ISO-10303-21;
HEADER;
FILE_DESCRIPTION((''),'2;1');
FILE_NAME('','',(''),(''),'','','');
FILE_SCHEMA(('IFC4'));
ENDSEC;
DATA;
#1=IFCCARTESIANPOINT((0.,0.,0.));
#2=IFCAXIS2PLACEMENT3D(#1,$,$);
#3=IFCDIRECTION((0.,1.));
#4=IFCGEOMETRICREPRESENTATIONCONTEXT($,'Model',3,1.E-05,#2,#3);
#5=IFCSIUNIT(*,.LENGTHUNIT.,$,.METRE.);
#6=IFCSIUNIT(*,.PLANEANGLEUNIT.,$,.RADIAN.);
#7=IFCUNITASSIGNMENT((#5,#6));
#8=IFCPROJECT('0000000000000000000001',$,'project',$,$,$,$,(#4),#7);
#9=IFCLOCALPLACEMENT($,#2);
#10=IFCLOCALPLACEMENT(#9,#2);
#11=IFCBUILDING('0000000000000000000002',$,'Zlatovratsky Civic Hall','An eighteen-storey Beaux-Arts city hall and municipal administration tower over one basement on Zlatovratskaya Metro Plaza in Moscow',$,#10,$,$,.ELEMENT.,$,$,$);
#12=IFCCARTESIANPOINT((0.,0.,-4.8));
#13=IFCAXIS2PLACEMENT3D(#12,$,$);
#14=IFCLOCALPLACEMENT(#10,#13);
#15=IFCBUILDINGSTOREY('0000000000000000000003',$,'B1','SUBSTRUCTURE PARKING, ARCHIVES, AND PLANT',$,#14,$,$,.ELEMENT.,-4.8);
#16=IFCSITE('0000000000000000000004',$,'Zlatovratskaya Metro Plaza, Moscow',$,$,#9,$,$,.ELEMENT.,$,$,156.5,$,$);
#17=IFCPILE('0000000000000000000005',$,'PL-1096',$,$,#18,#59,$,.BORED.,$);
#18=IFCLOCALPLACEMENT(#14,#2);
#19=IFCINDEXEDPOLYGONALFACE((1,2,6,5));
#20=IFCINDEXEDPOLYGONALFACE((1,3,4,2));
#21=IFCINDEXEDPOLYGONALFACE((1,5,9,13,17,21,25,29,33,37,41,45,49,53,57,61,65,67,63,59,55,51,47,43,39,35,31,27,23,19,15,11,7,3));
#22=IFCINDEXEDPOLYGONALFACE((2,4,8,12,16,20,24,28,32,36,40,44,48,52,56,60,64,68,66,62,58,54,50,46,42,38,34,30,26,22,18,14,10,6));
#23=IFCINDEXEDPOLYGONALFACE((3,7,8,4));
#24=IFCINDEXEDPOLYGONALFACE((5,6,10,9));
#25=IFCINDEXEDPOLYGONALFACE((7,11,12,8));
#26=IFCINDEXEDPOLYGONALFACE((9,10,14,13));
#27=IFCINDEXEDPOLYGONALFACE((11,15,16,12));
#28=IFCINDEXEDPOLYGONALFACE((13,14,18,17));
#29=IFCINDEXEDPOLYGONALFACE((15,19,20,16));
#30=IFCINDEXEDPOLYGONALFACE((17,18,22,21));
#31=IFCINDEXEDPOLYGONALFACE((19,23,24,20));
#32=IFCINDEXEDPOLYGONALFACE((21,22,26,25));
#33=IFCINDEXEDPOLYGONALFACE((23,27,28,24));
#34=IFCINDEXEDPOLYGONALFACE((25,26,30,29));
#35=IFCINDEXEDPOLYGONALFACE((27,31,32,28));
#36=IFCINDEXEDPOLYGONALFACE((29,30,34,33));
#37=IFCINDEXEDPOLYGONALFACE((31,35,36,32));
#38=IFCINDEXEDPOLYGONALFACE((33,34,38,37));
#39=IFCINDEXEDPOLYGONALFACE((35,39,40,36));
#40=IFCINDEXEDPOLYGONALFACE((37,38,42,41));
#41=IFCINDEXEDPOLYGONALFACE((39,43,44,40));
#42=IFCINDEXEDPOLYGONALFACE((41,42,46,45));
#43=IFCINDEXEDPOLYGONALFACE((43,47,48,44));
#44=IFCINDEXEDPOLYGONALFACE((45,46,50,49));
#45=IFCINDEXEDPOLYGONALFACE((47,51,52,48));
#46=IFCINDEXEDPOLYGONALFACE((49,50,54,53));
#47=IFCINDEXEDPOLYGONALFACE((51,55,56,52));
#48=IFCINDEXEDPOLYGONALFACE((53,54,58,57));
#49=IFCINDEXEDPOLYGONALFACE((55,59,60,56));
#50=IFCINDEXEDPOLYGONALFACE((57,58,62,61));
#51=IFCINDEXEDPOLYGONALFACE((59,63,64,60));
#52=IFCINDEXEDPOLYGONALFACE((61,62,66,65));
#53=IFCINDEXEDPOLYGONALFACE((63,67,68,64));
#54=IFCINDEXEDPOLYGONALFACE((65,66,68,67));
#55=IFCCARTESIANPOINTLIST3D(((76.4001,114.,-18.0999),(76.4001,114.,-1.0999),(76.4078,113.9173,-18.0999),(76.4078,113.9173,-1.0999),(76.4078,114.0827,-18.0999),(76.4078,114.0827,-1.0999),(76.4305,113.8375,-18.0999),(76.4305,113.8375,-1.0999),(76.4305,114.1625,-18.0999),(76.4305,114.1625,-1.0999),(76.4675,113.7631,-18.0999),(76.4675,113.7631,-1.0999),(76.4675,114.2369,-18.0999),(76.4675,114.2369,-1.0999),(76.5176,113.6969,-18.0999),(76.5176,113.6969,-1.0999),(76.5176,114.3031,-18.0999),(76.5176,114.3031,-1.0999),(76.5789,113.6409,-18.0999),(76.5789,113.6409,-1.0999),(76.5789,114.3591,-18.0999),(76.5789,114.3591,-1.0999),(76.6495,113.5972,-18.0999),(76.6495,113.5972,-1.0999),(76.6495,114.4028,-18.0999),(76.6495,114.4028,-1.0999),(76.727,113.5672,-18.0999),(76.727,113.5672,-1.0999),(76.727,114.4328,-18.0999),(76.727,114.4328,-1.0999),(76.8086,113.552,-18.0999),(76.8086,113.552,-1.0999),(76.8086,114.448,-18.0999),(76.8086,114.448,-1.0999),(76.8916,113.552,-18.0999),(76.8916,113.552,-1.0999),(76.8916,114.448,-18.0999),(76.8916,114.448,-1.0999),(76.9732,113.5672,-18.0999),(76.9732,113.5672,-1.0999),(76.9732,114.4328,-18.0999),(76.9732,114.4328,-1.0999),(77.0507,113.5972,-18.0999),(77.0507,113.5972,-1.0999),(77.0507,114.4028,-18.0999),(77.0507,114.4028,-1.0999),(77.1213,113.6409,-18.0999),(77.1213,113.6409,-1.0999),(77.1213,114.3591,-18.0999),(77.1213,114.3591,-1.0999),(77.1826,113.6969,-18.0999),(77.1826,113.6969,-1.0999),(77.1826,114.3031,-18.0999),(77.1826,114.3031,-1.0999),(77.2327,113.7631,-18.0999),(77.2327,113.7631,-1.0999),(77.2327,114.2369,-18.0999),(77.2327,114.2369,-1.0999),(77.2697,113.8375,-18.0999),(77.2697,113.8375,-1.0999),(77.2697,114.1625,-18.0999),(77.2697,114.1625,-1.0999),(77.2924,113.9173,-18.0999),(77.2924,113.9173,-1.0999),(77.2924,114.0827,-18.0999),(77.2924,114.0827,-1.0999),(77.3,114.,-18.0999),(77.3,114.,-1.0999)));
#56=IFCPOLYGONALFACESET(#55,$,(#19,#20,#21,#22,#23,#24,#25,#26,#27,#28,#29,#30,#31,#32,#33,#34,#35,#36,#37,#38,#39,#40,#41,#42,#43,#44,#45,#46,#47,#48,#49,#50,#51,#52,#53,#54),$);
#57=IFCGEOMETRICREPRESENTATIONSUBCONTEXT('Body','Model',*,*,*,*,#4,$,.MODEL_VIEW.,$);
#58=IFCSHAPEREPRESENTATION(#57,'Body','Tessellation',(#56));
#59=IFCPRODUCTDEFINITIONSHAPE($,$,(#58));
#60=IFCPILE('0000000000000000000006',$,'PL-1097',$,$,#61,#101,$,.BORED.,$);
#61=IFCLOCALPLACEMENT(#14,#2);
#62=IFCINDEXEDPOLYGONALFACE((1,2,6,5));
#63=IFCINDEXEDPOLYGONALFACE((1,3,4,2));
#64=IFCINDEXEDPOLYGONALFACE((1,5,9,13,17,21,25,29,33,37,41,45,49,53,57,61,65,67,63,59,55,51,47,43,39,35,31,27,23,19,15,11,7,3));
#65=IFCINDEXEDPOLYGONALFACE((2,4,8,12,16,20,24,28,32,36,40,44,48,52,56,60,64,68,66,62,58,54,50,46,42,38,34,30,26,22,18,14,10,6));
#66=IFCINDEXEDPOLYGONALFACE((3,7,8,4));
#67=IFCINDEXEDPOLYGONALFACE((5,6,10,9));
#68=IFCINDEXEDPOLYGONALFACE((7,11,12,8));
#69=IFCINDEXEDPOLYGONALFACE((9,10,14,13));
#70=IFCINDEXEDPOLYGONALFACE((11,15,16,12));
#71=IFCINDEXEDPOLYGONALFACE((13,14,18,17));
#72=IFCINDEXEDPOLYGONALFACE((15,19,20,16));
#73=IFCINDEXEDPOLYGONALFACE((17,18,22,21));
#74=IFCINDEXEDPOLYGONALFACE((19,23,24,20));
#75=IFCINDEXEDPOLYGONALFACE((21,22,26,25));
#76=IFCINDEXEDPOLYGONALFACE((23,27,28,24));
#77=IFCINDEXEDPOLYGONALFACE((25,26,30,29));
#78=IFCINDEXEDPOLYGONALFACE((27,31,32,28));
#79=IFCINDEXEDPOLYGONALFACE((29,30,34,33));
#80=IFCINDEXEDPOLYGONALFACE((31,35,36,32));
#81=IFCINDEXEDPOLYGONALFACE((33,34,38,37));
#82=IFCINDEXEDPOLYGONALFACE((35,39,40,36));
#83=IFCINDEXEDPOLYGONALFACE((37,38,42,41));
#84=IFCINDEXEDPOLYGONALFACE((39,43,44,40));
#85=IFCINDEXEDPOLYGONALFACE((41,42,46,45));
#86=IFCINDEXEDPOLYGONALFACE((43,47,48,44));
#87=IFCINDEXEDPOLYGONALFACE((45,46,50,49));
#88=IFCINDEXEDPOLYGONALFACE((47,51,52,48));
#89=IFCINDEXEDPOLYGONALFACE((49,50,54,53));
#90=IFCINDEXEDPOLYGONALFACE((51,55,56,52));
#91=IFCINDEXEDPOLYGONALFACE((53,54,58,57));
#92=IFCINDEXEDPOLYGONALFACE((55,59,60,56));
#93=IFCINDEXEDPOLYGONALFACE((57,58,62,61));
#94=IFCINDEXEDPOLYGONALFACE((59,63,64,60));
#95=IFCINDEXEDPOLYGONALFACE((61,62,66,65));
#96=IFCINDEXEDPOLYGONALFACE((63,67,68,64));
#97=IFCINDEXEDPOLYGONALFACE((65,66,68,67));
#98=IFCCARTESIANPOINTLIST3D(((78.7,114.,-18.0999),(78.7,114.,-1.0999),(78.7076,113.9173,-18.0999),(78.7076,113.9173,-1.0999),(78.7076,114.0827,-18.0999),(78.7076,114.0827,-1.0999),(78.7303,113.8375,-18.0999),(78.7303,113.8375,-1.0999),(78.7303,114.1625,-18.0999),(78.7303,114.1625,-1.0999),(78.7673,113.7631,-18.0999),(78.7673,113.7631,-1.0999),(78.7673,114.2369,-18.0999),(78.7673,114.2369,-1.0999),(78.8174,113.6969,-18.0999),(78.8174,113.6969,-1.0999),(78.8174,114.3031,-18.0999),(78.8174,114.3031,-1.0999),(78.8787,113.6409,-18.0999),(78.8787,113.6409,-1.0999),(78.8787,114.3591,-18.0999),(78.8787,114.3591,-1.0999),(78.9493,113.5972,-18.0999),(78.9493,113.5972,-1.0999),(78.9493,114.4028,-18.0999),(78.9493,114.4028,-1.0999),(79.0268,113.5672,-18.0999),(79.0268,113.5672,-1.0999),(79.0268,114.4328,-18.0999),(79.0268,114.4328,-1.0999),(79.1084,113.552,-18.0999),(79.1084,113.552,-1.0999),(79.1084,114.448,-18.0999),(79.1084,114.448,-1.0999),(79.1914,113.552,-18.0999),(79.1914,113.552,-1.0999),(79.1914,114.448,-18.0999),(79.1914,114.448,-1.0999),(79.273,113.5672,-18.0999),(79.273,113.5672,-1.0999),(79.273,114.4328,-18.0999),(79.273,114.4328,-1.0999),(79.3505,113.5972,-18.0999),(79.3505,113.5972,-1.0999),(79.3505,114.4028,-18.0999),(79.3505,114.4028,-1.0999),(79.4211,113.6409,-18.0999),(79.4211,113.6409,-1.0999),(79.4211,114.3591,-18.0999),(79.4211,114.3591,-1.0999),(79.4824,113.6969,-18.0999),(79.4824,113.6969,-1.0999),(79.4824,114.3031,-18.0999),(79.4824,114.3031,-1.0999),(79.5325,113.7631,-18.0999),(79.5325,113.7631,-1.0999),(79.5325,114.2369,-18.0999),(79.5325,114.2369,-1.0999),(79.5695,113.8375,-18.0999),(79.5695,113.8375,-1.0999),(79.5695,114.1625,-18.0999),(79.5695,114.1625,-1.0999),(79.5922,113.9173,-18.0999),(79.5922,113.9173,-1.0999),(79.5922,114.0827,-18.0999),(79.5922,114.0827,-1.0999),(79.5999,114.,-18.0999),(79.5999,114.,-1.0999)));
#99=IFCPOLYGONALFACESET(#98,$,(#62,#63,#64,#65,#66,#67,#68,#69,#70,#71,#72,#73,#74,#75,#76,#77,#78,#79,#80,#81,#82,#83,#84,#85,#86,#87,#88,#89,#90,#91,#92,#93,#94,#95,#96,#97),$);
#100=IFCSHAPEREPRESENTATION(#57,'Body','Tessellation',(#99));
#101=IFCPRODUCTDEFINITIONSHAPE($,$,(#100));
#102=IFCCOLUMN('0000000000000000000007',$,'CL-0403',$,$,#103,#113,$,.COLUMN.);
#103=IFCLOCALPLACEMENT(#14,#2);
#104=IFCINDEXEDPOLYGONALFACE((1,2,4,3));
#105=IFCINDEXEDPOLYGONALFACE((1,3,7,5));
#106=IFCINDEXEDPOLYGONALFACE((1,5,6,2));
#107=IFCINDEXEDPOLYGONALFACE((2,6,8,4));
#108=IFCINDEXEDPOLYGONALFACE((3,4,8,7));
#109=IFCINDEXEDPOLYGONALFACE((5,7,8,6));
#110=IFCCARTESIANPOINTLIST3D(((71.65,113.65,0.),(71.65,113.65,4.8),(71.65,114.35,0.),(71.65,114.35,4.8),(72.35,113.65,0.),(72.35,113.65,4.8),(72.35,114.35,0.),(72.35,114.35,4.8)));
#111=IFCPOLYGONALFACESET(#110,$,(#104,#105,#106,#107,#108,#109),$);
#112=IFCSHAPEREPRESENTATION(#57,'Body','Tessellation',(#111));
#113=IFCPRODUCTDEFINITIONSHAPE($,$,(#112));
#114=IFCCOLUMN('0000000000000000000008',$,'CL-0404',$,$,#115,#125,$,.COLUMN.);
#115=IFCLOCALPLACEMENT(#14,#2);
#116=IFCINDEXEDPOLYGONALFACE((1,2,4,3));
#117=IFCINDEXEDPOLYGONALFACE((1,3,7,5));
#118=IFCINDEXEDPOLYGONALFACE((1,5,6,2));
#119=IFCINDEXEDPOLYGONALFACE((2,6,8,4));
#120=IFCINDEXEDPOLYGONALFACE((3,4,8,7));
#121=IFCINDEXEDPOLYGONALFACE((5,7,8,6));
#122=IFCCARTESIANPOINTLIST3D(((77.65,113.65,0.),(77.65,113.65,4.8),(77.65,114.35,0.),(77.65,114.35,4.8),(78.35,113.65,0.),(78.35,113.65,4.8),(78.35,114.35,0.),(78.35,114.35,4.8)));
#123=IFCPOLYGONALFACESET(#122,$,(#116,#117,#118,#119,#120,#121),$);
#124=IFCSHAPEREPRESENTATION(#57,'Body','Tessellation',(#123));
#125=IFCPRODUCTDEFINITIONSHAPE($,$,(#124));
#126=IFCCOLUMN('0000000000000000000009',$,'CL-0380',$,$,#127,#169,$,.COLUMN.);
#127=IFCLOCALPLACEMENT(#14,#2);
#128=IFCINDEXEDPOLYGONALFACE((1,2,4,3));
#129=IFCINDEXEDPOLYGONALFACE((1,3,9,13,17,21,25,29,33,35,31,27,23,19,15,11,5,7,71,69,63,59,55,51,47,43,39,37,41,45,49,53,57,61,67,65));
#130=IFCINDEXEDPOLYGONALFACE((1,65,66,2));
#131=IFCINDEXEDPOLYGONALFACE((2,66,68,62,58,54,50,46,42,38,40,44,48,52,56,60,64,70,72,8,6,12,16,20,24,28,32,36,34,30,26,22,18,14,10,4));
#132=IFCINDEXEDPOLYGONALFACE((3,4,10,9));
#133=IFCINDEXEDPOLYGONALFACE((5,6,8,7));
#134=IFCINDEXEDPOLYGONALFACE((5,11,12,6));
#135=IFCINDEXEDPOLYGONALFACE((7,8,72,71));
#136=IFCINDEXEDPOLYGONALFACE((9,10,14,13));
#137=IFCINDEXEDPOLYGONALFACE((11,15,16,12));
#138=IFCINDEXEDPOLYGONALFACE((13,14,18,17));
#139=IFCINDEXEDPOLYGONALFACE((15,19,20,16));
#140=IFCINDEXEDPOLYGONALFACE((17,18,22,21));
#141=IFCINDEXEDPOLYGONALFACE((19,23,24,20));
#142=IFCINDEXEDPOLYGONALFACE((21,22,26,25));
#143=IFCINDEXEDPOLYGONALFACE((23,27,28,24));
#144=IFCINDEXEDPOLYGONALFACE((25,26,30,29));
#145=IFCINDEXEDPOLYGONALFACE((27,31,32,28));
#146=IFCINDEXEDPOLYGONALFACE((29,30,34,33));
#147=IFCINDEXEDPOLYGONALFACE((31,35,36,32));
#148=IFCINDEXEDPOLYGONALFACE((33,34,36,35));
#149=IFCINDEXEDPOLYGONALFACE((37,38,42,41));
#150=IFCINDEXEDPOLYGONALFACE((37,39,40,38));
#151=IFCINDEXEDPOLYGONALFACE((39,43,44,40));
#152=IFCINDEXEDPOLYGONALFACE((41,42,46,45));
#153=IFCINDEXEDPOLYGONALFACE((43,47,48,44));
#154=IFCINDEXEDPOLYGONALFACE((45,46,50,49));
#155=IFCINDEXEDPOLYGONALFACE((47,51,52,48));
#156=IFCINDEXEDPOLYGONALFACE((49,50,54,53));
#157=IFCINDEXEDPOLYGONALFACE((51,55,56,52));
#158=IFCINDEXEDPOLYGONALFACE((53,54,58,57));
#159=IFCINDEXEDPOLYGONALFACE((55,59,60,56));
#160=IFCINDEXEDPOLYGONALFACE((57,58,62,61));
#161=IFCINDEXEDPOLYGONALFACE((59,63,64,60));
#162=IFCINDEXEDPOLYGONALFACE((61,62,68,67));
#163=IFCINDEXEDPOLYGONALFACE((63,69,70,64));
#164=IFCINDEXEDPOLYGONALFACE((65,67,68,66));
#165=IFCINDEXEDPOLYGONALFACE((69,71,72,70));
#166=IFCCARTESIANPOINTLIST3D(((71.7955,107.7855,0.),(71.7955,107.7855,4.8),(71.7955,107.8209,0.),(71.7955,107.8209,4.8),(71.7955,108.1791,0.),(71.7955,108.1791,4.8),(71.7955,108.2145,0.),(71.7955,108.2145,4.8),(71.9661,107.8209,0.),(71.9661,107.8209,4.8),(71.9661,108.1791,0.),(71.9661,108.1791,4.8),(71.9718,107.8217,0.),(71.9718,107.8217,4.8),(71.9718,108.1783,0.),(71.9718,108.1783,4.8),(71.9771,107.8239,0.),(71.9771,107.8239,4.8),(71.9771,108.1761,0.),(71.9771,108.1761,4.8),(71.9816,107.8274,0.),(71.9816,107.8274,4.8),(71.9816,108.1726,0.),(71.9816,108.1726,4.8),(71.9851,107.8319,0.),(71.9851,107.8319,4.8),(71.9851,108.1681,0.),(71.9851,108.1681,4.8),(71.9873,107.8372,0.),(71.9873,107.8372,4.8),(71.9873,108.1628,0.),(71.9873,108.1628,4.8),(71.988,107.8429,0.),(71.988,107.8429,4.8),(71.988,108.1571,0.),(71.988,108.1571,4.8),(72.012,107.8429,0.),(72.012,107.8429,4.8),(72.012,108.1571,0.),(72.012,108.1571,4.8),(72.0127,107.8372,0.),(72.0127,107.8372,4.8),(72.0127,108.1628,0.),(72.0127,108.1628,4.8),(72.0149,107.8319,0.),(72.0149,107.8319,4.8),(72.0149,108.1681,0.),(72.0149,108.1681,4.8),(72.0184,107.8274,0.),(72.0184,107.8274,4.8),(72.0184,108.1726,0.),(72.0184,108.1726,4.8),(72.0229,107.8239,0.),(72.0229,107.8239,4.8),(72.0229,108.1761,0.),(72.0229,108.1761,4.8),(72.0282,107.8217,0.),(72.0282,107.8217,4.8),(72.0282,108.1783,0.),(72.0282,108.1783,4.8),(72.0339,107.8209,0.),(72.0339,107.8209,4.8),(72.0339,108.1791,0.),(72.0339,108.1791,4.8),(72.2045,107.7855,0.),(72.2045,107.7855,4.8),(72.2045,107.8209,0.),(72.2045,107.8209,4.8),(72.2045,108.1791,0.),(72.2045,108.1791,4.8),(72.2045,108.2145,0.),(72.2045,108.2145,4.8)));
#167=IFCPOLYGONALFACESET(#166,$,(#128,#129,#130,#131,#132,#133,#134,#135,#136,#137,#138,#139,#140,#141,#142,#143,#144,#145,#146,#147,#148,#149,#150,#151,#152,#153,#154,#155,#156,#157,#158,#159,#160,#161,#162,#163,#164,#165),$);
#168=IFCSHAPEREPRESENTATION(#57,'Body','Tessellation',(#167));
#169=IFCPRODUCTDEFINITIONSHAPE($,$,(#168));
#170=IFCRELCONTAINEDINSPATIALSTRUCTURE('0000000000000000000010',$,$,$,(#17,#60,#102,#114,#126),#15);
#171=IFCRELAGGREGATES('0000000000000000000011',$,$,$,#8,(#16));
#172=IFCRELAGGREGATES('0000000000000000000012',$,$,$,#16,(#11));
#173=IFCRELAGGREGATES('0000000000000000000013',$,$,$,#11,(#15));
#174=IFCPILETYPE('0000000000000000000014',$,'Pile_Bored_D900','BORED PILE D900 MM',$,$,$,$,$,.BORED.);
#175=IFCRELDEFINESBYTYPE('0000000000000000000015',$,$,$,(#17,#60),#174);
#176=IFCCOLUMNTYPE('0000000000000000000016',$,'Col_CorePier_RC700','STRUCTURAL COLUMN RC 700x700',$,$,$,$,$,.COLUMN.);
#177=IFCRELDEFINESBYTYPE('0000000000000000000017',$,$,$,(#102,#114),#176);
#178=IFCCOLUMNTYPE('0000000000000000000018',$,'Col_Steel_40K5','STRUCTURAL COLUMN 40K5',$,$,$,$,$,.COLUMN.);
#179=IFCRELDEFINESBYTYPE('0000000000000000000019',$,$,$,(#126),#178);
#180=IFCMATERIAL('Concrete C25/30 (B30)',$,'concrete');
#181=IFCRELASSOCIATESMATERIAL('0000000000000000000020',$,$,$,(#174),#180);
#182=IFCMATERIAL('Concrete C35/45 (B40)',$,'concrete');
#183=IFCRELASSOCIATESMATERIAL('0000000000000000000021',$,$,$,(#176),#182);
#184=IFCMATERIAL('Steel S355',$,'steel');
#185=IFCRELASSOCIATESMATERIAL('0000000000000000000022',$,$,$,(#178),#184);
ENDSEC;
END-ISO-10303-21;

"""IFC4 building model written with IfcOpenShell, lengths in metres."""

from ifc_helpers import new_model, si_unit, direction, frame, origin, origin_2d, place, context, subcontext, project, spatial, rectangle, circle, i_section, extrude, material, material_profile, profile_set, type_object, element, save


model = new_model("IFC4")

# Units and contexts
model_context = context("Model", 3, precision=1e-05, world=origin(), true_north=direction((0.0, 1.0)))
body_context = subcontext(model_context, "Body", "Model", "MODEL_VIEW")
ifc_project = project(units=[si_unit("LENGTHUNIT", "METRE"), si_unit("PLANEANGLEUNIT", "RADIAN")], contexts=[model_context])

# Site, building, storey
site_placement = place(None, origin())
site = spatial("IfcSite", under=ifc_project, at=site_placement, Name="Zlatovratskaya Metro Plaza, Moscow", CompositionType="ELEMENT", RefElevation=156.5)
building_placement = place(site_placement, origin())
building = spatial("IfcBuilding", under=site, at=building_placement, Name="Zlatovratsky Civic Hall", Description="An eighteen-storey Beaux-Arts city hall and municipal administration tower over one basement on Zlatovratskaya Metro Plaza in Moscow", CompositionType="ELEMENT")
storey_placement = place(building_placement, frame((0.0, 0.0, -4.8)))
storey = spatial("IfcBuildingStorey", under=building, at=storey_placement, Name="B1", Description="SUBSTRUCTURE PARKING, ARCHIVES, AND PLANT", CompositionType="ELEMENT", Elevation=-4.8)

# Shared definitions
ifc_material_1 = material(Name="Concrete C25/30 (B30)", Category="concrete")

# Piles
ifc_material_profile_1 = material_profile(ifc_material_1, circle(Radius=0.45, at=origin_2d()), Name="PILE D900")
ifc_profile_set_1 = profile_set([ifc_material_profile_1], Name="Concrete C25/30 (B30)")
pile_type_1 = type_object("IfcPileType", Name="Pile_Bored_D900", Description="BORED PILE D900 MM", PredefinedType="BORED", material=ifc_profile_set_1)
for number, where, z_axis, x_axis, name in (
    (1, (76.8501, 114.0, -1.0999), (0.0, 0.0, -1.0), (1.0, 0.0, 0.0), "PL-1096"),
    (2, (79.1499, 114.0, -1.0999), (0.0, 0.0, -1.0), (1.0, 0.0, 0.0), "PL-1097"),
):
    element("IfcPile", number, at=place(storey_placement, frame(where, z_axis=z_axis, x_axis=x_axis)), inside=storey, type_object=pile_type_1, Name=name, PredefinedType="BORED", context=body_context, shape_type="SweptSolid", body=[
        extrude(circle(Radius=0.45, at=origin_2d()), origin(), (0.0, 0.0, 1.0), 17.0),
    ])

# Columns
ifc_material_2 = material(Name="Concrete C35/45 (B40)", Category="concrete")
ifc_material_profile_2 = material_profile(ifc_material_2, rectangle(XDim=0.7, YDim=0.7, at=origin_2d()), Name="RC 700x700")
ifc_profile_set_2 = profile_set([ifc_material_profile_2], Name="Concrete C35/45 (B40)")
column_type_1 = type_object("IfcColumnType", Name="Col_CorePier_RC700", Description="STRUCTURAL COLUMN RC 700x700", PredefinedType="COLUMN", material=ifc_profile_set_2)
for number, where, z_axis, x_axis, name in (
    (3, (72.0, 114.0, 0.0), (0.0, 0.0, 1.0), (1.0, 0.0, 0.0), "CL-0403"),
    (4, (78.0, 114.0, 0.0), (0.0, 0.0, 1.0), (1.0, 0.0, 0.0), "CL-0404"),
):
    element("IfcColumn", number, at=place(storey_placement, frame(where, z_axis=z_axis, x_axis=x_axis)), inside=storey, type_object=column_type_1, Name=name, PredefinedType="COLUMN", context=body_context, shape_type="SweptSolid", body=[
        extrude(rectangle(XDim=0.7, YDim=0.7, at=origin_2d()), origin(), (0.0, 0.0, 1.0), 4.8),
    ])
ifc_material_3 = material(Name="Steel S355", Category="steel")
ifc_material_profile_3 = material_profile(ifc_material_3, i_section(OverallWidth=0.4089, OverallDepth=0.429, WebThickness=0.0239, FlangeThickness=0.0354, FilletRadius=0.022, at=origin_2d()), Name="40K5")
ifc_profile_set_3 = profile_set([ifc_material_profile_3], Name="Steel S355")
column_type_2 = type_object("IfcColumnType", Name="Col_Steel_40K5", Description="STRUCTURAL COLUMN 40K5", PredefinedType="COLUMN", material=ifc_profile_set_3)
for number, where, z_axis, x_axis, name in (
    (5, (72.0, 108.0, 0.0), (0.0, 0.0, 1.0), (1.0, 0.0, 0.0), "CL-0380"),
):
    element("IfcColumn", number, at=place(storey_placement, frame(where, z_axis=z_axis, x_axis=x_axis)), inside=storey, type_object=column_type_2, Name=name, PredefinedType="COLUMN", context=body_context, shape_type="SweptSolid", body=[
        extrude(i_section(OverallWidth=0.4089, OverallDepth=0.429, WebThickness=0.0239, FlangeThickness=0.0354, FilletRadius=0.022, at=origin_2d()), origin(), (0.0, 0.0, 1.0), 4.8),
    ])

save(model, "model.ifc")
